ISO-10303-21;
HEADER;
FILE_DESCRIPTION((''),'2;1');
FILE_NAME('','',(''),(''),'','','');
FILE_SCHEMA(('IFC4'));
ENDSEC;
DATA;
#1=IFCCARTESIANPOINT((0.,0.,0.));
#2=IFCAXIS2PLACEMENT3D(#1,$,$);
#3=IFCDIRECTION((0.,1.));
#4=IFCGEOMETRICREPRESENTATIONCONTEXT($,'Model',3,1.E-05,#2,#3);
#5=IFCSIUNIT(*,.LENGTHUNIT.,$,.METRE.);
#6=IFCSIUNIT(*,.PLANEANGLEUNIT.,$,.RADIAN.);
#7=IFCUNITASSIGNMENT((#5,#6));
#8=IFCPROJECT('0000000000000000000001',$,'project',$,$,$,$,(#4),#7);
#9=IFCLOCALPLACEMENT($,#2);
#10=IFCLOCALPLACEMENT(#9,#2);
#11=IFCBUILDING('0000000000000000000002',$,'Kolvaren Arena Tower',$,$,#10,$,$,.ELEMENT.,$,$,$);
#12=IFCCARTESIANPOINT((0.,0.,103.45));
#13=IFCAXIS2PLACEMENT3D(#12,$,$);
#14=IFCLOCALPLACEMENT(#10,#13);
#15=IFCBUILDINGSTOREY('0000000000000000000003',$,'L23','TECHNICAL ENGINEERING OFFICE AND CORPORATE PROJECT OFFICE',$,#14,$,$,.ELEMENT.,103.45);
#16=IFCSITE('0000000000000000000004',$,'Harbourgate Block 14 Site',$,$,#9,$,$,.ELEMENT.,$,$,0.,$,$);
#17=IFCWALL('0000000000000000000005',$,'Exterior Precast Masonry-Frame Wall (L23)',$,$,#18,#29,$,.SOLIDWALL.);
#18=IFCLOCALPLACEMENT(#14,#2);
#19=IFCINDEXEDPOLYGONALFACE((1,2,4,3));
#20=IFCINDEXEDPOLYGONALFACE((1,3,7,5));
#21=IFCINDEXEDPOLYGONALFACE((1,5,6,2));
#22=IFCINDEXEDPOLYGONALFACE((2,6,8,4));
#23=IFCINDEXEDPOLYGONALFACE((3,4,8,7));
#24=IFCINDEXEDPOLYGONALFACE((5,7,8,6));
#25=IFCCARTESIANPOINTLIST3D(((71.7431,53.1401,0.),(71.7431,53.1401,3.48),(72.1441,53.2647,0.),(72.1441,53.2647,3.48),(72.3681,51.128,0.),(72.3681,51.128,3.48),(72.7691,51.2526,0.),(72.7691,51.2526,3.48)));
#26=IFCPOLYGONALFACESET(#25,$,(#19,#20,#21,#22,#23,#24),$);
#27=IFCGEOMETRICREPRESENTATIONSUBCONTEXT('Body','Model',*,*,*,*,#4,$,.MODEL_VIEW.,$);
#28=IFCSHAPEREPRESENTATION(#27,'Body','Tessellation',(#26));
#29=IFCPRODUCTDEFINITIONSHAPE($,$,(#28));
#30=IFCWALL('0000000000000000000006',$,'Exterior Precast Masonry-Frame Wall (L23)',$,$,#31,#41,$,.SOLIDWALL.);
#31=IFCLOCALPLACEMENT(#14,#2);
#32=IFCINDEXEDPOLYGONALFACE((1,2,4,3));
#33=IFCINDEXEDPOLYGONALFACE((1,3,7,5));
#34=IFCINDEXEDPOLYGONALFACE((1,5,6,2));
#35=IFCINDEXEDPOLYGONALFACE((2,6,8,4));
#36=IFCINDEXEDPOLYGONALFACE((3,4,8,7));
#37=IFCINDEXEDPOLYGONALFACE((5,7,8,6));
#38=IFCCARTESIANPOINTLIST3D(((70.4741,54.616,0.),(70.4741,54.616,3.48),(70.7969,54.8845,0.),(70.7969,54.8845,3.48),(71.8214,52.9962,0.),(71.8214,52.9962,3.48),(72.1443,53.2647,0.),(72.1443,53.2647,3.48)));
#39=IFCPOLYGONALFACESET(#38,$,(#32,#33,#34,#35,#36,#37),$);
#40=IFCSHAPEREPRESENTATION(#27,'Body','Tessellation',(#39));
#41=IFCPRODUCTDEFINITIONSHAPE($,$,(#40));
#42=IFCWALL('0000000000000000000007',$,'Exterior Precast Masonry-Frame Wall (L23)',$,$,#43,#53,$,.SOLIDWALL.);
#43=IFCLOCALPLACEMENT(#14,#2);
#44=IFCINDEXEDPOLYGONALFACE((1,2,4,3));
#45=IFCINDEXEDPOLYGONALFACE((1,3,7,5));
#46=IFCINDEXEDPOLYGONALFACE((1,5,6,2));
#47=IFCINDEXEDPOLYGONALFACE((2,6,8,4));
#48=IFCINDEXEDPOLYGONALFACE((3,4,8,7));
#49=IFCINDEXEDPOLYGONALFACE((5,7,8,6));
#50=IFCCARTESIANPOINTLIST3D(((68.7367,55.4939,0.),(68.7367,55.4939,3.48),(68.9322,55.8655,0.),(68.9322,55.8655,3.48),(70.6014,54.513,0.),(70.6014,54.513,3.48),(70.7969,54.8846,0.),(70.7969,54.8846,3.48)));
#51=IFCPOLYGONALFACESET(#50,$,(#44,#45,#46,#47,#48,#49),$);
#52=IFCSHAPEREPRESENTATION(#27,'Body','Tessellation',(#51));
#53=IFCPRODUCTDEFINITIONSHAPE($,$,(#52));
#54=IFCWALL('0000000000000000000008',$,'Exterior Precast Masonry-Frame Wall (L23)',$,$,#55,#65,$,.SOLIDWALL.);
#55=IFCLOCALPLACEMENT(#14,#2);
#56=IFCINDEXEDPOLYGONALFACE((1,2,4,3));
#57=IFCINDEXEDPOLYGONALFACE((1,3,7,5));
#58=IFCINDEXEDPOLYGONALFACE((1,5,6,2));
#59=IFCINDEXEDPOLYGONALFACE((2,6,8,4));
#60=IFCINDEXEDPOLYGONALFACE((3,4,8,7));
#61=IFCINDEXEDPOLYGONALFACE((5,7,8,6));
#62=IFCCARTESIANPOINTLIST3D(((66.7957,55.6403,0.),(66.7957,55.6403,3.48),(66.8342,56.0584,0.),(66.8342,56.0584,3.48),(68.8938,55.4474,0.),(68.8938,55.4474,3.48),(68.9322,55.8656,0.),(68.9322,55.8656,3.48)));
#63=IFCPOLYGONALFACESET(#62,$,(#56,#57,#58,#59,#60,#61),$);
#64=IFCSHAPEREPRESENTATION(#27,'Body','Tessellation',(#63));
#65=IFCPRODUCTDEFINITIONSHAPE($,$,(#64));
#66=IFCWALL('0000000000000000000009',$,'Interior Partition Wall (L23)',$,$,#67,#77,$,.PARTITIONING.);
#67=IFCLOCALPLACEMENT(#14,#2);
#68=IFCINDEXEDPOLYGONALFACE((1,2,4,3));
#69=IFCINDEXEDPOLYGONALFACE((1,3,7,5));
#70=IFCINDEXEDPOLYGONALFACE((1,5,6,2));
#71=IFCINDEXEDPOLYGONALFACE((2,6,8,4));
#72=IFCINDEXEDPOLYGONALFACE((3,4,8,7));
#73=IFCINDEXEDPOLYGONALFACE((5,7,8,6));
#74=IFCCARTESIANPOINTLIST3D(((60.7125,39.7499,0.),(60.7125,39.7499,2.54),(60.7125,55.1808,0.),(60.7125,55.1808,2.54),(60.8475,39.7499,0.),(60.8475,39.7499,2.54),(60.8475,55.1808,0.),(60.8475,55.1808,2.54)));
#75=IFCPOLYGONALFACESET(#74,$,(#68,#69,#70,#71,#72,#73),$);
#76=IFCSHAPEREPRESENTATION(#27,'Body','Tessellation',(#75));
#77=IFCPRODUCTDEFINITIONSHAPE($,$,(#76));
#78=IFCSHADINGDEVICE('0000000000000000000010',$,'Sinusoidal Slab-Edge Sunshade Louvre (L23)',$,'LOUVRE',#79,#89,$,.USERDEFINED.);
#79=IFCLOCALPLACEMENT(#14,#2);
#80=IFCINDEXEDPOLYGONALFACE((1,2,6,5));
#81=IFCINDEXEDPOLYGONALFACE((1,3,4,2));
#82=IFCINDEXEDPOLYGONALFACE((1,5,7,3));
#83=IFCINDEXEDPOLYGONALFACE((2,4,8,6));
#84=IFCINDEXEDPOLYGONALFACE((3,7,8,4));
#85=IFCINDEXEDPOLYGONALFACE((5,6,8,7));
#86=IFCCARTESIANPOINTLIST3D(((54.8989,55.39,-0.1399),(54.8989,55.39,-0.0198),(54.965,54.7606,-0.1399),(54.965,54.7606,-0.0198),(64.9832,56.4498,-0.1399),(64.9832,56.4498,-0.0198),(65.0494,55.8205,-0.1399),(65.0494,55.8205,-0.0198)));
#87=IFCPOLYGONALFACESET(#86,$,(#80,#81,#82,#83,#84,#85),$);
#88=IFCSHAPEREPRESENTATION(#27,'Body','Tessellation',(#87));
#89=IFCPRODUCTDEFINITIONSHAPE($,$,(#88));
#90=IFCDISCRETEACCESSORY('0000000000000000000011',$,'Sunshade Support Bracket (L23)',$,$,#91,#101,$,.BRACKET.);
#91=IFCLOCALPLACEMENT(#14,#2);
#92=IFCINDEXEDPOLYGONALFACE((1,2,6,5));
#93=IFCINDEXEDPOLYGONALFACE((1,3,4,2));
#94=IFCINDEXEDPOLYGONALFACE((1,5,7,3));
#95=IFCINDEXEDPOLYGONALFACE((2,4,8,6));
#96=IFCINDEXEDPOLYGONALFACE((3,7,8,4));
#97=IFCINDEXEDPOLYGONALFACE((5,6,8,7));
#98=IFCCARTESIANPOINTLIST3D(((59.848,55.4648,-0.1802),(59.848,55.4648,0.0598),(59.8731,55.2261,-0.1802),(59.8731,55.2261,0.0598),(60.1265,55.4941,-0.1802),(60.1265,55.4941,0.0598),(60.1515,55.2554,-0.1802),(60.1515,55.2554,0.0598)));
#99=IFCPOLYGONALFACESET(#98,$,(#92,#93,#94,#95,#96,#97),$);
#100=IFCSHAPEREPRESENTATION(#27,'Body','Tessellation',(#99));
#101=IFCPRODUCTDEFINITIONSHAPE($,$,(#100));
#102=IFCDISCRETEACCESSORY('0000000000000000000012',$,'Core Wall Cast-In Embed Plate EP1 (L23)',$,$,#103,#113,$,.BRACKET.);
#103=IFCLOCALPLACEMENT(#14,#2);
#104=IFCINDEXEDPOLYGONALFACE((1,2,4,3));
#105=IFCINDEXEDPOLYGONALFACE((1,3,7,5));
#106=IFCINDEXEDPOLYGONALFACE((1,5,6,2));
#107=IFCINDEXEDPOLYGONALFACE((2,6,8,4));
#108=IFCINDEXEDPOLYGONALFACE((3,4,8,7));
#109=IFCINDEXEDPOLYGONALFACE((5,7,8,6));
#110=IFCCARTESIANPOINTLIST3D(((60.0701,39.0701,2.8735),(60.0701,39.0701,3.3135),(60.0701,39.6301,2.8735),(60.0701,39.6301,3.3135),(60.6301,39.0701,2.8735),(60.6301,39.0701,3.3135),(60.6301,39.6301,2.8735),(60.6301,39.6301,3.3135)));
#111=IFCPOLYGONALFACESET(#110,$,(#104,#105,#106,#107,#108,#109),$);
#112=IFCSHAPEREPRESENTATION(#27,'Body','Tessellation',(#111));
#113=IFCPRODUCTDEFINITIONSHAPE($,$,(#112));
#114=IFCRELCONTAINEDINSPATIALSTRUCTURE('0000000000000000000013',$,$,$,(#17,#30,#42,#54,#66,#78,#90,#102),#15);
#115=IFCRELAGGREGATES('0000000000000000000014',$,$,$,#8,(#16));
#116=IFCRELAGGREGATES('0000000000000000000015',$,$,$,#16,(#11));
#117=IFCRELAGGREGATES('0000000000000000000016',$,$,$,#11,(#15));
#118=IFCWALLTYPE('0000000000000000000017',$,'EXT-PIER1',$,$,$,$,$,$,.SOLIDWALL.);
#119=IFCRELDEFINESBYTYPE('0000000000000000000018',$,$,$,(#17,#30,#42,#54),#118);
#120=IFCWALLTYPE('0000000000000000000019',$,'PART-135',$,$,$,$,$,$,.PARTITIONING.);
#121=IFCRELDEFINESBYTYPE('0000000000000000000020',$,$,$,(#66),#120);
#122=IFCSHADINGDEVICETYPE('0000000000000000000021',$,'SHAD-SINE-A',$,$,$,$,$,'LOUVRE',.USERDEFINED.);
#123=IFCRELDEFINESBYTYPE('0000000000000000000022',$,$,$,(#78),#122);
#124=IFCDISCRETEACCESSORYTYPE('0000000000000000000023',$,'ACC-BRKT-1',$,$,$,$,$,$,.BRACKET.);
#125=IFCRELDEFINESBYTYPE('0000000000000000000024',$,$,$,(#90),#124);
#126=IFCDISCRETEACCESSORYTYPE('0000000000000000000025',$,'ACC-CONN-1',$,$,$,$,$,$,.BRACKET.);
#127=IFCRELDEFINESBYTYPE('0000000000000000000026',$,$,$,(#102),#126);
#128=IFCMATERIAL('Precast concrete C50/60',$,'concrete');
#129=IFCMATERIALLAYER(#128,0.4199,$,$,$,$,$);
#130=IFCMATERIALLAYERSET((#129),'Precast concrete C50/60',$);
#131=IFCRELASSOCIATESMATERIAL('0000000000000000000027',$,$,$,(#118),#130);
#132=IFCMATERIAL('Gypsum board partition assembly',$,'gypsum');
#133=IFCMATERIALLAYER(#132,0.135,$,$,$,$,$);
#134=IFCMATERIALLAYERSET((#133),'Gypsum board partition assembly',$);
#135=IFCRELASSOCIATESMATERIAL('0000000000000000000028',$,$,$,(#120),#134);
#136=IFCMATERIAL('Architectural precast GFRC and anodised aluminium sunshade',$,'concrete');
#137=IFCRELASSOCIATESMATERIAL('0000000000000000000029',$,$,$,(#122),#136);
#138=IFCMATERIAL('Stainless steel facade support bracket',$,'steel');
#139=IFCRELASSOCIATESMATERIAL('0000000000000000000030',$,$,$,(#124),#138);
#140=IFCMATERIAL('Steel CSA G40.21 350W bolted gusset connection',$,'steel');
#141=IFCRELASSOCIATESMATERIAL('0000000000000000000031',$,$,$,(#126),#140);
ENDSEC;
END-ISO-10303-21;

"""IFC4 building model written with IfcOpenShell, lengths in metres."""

from ifc_helpers import new_model, si_unit, direction, frame, frame_2d, origin, origin_2d, place, context, subcontext, project, spatial, rectangle, extrude, material, layer, layer_set, type_object, element, save


model = new_model("IFC4")

# Units and contexts
model_context = context("Model", 3, precision=1e-05, world=origin(), true_north=direction((0.0, 1.0)))
body_context = subcontext(model_context, "Body", "Model", "MODEL_VIEW")
ifc_project = project(units=[si_unit("LENGTHUNIT", "METRE"), si_unit("PLANEANGLEUNIT", "RADIAN")], contexts=[model_context])

# Site, building, storey
site_placement = place(None, origin())
site = spatial("IfcSite", under=ifc_project, at=site_placement, Name="Harbourgate Block 14 Site", CompositionType="ELEMENT", RefElevation=0.0)
building_placement = place(site_placement, origin())
building = spatial("IfcBuilding", under=site, at=building_placement, Name="Kolvaren Arena Tower", CompositionType="ELEMENT")
storey_placement = place(building_placement, frame((0.0, 0.0, 103.45)))
storey = spatial("IfcBuildingStorey", under=building, at=storey_placement, Name="L23", Description="TECHNICAL ENGINEERING OFFICE AND CORPORATE PROJECT OFFICE", CompositionType="ELEMENT", Elevation=103.45)

# Shared definitions
ifc_material_1 = material(Name="Precast concrete C50/60", Category="concrete")
ifc_layer_1 = layer(ifc_material_1, 0.4199)
ifc_layer_set_1 = layer_set([ifc_layer_1], Name="Precast concrete C50/60")
wall_type_1 = type_object("IfcWallType", Name="EXT-PIER1", PredefinedType="SOLIDWALL", material=ifc_layer_set_1)

# Walls
for number, where, z_axis, x_axis, name in (
    (1, (71.9436, 53.2024, 0.0), (0.0, 0.0, 1.0), (0.296625, -0.954994, 0.0), "Exterior Precast Masonry-Frame Wall (L23)"),
    (2, (70.6355, 54.7502, 0.0), (0.0, 0.0, 1.0), (0.639489, -0.7688, 0.0), "Exterior Precast Masonry-Frame Wall (L23)"),
    (3, (68.8345, 55.6797, 0.0), (0.0, 0.0, 1.0), (0.885014, -0.465565, 0.0), "Exterior Precast Masonry-Frame Wall (L23)"),
    (4, (66.8149, 55.8494, 0.0), (0.0, 0.0, 1.0), (0.995802, -0.091539, 0.0), "Exterior Precast Masonry-Frame Wall (L23)"),
):
    element("IfcWall", number, at=place(storey_placement, frame(where, z_axis=z_axis, x_axis=x_axis)), inside=storey, type_object=wall_type_1, Name=name, PredefinedType="SOLIDWALL", context=body_context, shape_type="SweptSolid", body=[
        extrude(rectangle(XDim=2.1069, YDim=0.4199, at=frame_2d((1.0535, 0.0))), origin(), (0.0, 0.0, 1.0), 3.48),
    ])
ifc_material_2 = material(Name="Gypsum board partition assembly", Category="gypsum")
ifc_layer_2 = layer(ifc_material_2, 0.135)
ifc_layer_set_2 = layer_set([ifc_layer_2], Name="Gypsum board partition assembly")
wall_type_2 = type_object("IfcWallType", Name="PART-135", PredefinedType="PARTITIONING", material=ifc_layer_set_2)
wall_1_placement = place(storey_placement, frame((60.78, 39.75, 0.0), z_axis=(0.0, 0.0, 1.0), x_axis=(0.0, 1.0, 0.0)))
element("IfcWall", 5, at=wall_1_placement, inside=storey, type_object=wall_type_2, Name="Interior Partition Wall (L23)", PredefinedType="PARTITIONING", context=body_context, shape_type="SweptSolid", body=[
    extrude(rectangle(XDim=15.4309, YDim=0.135, at=frame_2d((7.7153, 0.0))), origin(), (0.0, 0.0, 1.0), 2.54),
])

# Shading device
ifc_material_3 = material(Name="Architectural precast GFRC and anodised aluminium sunshade", Category="concrete")
shading_device_type = type_object("IfcShadingDeviceType", Name="SHAD-SINE-A", ElementType="LOUVRE", PredefinedType="USERDEFINED", material=ifc_material_3)
shading_device_placement = place(storey_placement, frame((59.9741, 55.6052, -0.1399), z_axis=(0.0, 0.0, 1.0), x_axis=(0.994522, 0.104527, 0.0)))
element("IfcShadingDevice", 6, at=shading_device_placement, inside=storey, type_object=shading_device_type, Name="Sinusoidal Slab-Edge Sunshade Louvre (L23)", ObjectType="LOUVRE", PredefinedType="USERDEFINED", context=body_context, shape_type="SweptSolid", body=[
    extrude(rectangle(XDim=10.1399, YDim=0.6328, at=origin_2d()), origin(), (0.0, 0.0, 1.0), 0.1201),
])

# Discrete accessories
ifc_material_4 = material(Name="Stainless steel facade support bracket", Category="steel")
discrete_accessory_type_1 = type_object("IfcDiscreteAccessoryType", Name="ACC-BRKT-1", PredefinedType="BRACKET", material=ifc_material_4)
discrete_accessory_1_placement = place(storey_placement, frame((59.9998, 55.3601, -0.1802), z_axis=(0.0, 0.0, 1.0), x_axis=(0.994522, 0.104527, 0.0)))
element("IfcDiscreteAccessory", 7, at=discrete_accessory_1_placement, inside=storey, type_object=discrete_accessory_type_1, Name="Sunshade Support Bracket (L23)", PredefinedType="BRACKET", context=body_context, shape_type="SweptSolid", body=[
    extrude(rectangle(XDim=0.28, YDim=0.24, at=origin_2d()), origin(), (0.0, 0.0, 1.0), 0.24),
])
ifc_material_5 = material(Name="Steel CSA G40.21 350W bolted gusset connection", Category="steel")
discrete_accessory_type_2 = type_object("IfcDiscreteAccessoryType", Name="ACC-CONN-1", PredefinedType="BRACKET", material=ifc_material_5)
discrete_accessory_2_placement = place(storey_placement, frame((60.3501, 39.3501, 2.8735), z_axis=(0.0, 0.0, 1.0), x_axis=(1.0, 0.0, 0.0)))
element("IfcDiscreteAccessory", 8, at=discrete_accessory_2_placement, inside=storey, type_object=discrete_accessory_type_2, Name="Core Wall Cast-In Embed Plate EP1 (L23)", PredefinedType="BRACKET", context=body_context, shape_type="SweptSolid", body=[
    extrude(rectangle(XDim=0.5601, YDim=0.5601, at=origin_2d()), origin(), (0.0, 0.0, 1.0), 0.4399),
])

save(model, "model.ifc")
